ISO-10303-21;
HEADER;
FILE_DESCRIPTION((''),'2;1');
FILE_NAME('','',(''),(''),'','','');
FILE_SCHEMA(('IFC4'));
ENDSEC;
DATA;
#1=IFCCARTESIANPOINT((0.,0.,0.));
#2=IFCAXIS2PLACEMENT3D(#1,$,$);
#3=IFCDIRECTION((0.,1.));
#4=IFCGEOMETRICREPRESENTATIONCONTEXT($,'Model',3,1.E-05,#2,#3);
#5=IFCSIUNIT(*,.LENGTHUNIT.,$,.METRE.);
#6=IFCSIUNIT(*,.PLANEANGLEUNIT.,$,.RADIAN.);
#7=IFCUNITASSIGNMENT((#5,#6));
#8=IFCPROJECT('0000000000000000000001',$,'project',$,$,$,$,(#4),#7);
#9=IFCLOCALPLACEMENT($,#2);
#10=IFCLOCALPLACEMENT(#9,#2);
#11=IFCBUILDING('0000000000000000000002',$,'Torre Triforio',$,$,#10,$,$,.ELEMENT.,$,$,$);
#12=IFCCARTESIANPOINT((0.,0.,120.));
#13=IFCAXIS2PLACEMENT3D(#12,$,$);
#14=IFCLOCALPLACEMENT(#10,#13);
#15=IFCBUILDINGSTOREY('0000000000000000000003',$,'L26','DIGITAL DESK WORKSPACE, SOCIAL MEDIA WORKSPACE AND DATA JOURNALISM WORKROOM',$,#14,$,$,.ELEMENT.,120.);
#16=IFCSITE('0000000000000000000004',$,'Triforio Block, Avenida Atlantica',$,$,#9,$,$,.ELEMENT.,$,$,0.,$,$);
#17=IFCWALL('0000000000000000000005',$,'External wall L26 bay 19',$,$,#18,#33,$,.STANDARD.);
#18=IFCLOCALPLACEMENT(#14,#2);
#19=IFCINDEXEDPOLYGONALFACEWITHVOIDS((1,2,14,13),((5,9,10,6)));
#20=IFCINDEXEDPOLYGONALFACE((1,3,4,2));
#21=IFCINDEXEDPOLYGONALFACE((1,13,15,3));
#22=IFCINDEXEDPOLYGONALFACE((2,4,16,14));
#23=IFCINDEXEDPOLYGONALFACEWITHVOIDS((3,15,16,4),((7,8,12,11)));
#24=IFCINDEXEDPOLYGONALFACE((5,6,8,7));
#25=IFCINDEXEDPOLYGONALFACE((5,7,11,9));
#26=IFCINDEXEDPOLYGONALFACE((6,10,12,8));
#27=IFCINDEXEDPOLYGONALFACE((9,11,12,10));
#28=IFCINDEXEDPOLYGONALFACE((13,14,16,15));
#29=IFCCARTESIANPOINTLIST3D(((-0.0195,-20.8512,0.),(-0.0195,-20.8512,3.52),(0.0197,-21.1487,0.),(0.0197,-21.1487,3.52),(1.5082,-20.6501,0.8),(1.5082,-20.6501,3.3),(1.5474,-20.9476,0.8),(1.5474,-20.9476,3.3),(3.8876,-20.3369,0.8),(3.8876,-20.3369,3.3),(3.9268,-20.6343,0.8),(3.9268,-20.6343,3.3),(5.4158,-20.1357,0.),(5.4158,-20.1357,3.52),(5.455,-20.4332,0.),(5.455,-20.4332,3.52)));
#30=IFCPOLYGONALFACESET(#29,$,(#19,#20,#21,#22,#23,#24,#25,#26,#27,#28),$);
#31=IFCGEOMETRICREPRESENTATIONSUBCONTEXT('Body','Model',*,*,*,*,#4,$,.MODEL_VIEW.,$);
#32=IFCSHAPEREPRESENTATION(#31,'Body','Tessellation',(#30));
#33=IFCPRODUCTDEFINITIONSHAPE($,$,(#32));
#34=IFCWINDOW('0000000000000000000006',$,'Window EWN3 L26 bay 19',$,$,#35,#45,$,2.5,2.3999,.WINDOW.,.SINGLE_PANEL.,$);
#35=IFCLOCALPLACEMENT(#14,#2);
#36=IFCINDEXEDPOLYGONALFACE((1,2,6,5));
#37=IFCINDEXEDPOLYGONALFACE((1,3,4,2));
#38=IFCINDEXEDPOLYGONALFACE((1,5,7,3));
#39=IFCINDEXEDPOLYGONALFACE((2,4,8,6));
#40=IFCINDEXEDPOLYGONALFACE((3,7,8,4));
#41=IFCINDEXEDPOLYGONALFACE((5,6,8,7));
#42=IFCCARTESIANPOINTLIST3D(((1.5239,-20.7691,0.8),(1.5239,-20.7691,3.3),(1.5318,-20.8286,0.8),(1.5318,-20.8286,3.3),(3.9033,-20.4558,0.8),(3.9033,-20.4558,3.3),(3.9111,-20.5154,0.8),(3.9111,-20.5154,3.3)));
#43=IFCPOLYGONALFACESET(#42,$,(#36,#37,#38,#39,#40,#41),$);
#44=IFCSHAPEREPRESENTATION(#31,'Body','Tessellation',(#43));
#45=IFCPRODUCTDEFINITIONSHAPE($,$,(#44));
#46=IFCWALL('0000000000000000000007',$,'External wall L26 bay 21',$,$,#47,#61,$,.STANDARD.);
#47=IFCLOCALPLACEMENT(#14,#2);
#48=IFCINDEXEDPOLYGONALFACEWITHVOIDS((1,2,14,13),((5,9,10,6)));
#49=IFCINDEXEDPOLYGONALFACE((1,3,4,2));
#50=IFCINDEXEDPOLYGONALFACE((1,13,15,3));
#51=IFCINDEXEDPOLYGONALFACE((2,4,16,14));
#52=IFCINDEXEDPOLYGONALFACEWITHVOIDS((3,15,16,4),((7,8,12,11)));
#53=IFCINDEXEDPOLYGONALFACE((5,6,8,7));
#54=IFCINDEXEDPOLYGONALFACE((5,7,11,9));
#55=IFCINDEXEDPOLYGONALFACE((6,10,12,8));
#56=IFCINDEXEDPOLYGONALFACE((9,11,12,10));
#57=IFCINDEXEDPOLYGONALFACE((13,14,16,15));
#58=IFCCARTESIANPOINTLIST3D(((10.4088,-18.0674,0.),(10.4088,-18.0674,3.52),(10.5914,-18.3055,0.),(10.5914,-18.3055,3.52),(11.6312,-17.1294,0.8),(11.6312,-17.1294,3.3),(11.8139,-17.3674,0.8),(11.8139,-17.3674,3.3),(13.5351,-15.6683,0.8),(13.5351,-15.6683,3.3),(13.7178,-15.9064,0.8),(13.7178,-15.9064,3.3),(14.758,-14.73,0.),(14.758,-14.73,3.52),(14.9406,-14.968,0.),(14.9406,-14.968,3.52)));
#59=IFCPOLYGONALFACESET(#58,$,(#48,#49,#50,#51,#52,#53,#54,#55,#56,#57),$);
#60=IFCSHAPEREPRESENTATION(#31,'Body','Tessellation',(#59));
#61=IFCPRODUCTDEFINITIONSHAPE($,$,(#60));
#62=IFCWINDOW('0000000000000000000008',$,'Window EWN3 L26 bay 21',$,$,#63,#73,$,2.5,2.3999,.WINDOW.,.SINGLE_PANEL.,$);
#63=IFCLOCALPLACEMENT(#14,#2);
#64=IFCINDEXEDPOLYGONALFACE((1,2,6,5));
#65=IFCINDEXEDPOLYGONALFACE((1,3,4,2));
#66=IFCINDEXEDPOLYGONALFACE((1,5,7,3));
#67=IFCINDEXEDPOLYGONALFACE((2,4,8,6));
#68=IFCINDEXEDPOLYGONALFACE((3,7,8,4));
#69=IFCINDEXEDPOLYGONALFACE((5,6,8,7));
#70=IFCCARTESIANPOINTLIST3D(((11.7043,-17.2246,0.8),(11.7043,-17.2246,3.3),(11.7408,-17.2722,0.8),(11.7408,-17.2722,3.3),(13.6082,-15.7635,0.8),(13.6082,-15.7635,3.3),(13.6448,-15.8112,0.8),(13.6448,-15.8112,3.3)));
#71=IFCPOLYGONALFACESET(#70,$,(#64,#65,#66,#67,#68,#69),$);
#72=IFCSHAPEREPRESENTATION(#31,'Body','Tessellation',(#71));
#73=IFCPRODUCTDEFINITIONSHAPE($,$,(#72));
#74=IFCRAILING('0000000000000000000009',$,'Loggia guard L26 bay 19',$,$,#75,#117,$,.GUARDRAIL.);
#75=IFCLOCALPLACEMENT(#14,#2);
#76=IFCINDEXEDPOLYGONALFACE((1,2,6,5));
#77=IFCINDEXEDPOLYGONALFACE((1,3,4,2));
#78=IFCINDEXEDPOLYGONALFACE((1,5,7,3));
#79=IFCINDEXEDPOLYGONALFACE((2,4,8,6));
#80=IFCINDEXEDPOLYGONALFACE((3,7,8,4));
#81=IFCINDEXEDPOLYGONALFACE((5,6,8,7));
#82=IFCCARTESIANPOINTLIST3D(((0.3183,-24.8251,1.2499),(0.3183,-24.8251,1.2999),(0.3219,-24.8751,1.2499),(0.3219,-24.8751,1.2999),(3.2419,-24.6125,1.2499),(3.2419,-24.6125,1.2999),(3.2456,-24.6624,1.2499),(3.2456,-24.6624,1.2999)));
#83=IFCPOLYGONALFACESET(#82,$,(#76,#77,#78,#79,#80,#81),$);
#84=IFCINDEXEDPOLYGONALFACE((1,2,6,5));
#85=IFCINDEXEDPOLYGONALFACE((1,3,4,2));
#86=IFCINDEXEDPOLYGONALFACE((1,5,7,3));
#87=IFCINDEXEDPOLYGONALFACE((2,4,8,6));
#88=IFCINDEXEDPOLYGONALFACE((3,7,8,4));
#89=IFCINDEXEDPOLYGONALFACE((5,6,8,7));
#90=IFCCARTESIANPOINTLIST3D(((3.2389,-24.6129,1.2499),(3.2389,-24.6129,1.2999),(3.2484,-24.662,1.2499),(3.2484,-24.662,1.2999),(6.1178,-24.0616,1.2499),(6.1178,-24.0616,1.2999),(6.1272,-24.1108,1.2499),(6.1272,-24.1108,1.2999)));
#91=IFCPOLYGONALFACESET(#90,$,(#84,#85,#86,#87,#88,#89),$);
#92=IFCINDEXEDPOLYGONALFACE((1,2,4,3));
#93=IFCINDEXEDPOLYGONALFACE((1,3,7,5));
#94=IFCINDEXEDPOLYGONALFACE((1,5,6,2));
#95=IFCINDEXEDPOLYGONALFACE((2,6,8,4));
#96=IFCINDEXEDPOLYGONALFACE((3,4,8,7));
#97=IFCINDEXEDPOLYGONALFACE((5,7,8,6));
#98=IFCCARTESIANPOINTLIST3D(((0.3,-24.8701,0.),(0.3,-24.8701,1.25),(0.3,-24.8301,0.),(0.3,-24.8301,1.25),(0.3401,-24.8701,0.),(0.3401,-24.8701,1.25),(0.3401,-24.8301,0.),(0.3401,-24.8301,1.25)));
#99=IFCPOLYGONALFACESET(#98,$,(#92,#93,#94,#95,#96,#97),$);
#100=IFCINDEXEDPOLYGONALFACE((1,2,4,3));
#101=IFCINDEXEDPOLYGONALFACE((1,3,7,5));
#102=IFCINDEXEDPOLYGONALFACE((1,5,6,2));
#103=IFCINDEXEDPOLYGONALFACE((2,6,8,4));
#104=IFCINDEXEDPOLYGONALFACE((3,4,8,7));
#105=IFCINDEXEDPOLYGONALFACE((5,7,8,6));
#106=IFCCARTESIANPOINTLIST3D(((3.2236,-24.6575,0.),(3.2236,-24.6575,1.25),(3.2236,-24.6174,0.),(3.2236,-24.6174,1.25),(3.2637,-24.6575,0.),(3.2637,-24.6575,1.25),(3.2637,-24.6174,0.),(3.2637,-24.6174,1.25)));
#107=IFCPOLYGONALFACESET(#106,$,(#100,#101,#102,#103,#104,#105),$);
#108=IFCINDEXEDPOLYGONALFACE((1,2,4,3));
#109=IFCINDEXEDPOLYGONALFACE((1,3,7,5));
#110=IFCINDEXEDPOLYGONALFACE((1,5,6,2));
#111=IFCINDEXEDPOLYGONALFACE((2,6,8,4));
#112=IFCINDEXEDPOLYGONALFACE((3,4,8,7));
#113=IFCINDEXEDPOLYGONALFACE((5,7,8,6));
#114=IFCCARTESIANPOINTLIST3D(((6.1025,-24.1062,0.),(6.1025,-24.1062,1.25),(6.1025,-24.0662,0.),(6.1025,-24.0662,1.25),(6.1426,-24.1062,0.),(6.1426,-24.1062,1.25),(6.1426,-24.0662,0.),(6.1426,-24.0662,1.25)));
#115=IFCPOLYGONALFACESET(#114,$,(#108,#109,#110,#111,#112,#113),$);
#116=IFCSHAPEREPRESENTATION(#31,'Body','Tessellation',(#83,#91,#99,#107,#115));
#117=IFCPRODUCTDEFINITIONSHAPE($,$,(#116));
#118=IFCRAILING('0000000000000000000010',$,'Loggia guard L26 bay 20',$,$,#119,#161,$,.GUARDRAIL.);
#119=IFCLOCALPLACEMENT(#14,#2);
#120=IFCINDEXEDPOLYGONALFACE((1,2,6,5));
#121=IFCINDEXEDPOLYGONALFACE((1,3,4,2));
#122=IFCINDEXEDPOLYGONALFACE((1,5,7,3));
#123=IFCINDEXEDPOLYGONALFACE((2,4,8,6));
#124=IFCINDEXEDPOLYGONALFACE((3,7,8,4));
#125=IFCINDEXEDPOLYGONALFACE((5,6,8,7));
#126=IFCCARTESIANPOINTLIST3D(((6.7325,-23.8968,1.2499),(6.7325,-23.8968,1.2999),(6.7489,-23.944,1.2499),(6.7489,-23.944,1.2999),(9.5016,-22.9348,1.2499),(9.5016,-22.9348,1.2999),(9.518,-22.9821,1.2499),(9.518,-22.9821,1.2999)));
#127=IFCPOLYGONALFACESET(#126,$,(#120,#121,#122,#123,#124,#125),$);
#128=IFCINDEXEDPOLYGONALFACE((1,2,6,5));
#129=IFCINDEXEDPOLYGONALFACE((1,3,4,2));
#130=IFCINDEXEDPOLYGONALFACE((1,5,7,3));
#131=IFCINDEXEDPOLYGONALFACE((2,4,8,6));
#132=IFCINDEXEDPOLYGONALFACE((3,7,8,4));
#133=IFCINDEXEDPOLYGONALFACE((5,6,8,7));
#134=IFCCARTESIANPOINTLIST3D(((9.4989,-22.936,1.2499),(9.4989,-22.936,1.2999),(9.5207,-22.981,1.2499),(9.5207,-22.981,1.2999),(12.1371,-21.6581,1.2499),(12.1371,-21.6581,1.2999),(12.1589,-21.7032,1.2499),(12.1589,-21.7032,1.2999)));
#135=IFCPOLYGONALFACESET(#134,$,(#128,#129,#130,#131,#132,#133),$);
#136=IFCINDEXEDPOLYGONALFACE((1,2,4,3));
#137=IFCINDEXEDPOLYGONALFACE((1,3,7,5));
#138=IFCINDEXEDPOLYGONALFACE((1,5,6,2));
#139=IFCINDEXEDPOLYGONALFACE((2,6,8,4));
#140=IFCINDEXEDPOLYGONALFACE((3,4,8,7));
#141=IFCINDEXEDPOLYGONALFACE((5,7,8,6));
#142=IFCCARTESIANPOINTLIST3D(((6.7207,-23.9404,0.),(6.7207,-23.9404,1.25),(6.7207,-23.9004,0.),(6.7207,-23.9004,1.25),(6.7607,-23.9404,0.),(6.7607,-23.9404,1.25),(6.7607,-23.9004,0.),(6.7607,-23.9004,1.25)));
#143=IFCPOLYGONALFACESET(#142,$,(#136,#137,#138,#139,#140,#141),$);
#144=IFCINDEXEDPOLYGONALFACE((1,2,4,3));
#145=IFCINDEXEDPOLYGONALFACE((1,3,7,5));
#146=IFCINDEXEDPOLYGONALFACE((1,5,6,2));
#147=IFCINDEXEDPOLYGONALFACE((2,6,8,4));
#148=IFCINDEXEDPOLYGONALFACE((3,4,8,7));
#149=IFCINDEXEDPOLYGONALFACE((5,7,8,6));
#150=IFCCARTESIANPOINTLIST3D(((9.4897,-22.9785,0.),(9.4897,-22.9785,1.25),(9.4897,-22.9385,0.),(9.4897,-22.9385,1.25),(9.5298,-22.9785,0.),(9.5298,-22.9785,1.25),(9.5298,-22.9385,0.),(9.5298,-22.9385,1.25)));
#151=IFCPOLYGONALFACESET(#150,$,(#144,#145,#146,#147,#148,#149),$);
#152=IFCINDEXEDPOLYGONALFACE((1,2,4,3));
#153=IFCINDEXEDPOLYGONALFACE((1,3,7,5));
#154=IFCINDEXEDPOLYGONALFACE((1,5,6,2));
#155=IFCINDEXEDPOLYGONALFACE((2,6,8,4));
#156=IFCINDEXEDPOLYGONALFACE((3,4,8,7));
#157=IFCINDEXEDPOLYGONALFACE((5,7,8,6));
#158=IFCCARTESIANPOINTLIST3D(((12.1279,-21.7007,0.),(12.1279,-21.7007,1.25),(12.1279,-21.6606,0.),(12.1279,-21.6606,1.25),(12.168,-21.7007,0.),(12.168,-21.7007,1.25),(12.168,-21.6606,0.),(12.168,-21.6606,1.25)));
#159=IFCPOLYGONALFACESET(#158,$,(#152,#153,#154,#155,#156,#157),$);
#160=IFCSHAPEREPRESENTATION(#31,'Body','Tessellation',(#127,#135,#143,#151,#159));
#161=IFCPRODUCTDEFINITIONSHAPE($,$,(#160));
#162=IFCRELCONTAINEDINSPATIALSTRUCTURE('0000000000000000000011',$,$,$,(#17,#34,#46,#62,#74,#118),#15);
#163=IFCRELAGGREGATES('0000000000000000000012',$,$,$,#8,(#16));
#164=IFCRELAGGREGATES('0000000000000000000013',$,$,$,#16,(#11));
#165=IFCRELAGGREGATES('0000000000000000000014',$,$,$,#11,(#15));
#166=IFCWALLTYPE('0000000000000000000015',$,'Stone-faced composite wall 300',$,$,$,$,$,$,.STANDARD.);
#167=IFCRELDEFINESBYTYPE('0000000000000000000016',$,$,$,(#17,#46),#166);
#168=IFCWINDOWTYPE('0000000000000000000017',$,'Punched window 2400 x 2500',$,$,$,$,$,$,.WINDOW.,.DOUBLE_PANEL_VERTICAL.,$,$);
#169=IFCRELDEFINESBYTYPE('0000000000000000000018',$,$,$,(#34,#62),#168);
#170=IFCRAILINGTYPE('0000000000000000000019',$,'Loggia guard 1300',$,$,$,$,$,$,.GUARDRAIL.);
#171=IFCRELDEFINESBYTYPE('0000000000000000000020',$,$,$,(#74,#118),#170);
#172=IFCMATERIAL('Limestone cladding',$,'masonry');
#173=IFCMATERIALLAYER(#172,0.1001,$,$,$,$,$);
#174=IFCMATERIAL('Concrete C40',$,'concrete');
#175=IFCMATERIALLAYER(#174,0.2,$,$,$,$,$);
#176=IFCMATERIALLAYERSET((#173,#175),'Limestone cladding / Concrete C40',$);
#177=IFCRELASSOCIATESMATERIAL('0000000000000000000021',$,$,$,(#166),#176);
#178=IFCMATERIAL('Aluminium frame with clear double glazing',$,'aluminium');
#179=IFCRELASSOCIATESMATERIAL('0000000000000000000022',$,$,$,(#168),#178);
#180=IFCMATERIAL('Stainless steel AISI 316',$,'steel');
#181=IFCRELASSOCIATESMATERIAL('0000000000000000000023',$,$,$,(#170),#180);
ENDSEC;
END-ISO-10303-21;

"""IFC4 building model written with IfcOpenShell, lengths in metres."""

from ifc_helpers import new_model, si_unit, direction, frame, frame_2d, origin, origin_2d, place, context, subcontext, project, spatial, rectangle, extrude, material, layer, layer_set, type_object, element, fill, save


model = new_model("IFC4")

# Units and contexts
model_context = context("Model", 3, precision=1e-05, world=origin(), true_north=direction((0.0, 1.0)))
body_context = subcontext(model_context, "Body", "Model", "MODEL_VIEW")
ifc_project = project(units=[si_unit("LENGTHUNIT", "METRE"), si_unit("PLANEANGLEUNIT", "RADIAN")], contexts=[model_context])

# Site, building, storey
site_placement = place(None, origin())
site = spatial("IfcSite", under=ifc_project, at=site_placement, Name="Triforio Block, Avenida Atlantica", CompositionType="ELEMENT", RefElevation=0.0)
building_placement = place(site_placement, origin())
building = spatial("IfcBuilding", under=site, at=building_placement, Name="Torre Triforio", CompositionType="ELEMENT")
storey_placement = place(building_placement, frame((0.0, 0.0, 120.0)))
storey = spatial("IfcBuildingStorey", under=building, at=storey_placement, Name="L26", Description="DIGITAL DESK WORKSPACE, SOCIAL MEDIA WORKSPACE AND DATA JOURNALISM WORKROOM", CompositionType="ELEMENT", Elevation=120.0)

# Wall, opening, window
ifc_material_1 = material(Name="Limestone cladding", Category="masonry")
ifc_layer_1 = layer(ifc_material_1, 0.1001)
ifc_material_2 = material(Name="Concrete C40", Category="concrete")
ifc_layer_2 = layer(ifc_material_2, 0.2)
ifc_layer_set_1 = layer_set([ifc_layer_1, ifc_layer_2], Name="Limestone cladding / Concrete C40")
wall_type_1 = type_object("IfcWallType", Name="Stone-faced composite wall 300", PredefinedType="STANDARD", material=ifc_layer_set_1)
wall_1_placement = place(storey_placement, frame((0.0, -21.0, 0.0), z_axis=(0.0, 0.0, 1.0), x_axis=(0.991445, 0.130527, 0.0)))
wall_1 = element("IfcWall", 1, at=wall_1_placement, inside=storey, type_object=wall_type_1, Name="External wall L26 bay 19", PredefinedType="STANDARD", context=body_context, shape_type="SweptSolid", body=[
    extrude(rectangle(XDim=5.4822, YDim=0.3, at=frame_2d((2.7412, 0.0))), origin(), (0.0, 0.0, 1.0), 3.52),
])
opening_1_placement = place(wall_1_placement, frame((1.541, 0.0, 0.8)))
opening_1 = element("IfcOpeningElement", 2, at=opening_1_placement, cuts=wall_1, PredefinedType="OPENING", context=body_context, shape_type="SweptSolid", body=[
    extrude(rectangle(XDim=2.3999, YDim=2.5, at=frame_2d((1.2, 1.25))), frame((0.0, 0.1599, 0.0), z_axis=(0.0, -1.0, 0.0), x_axis=(1.0, 0.0, 0.0)), (0.0, 0.0, 1.0), 0.3201),
])
ifc_material_3 = material(Name="Aluminium frame with clear double glazing", Category="aluminium")
window_type_1 = type_object("IfcWindowType", Name="Punched window 2400 x 2500", PartitioningType="DOUBLE_PANEL_VERTICAL", PredefinedType="WINDOW", material=ifc_material_3)
window_1_placement = place(opening_1_placement, origin())
window_1 = element("IfcWindow", 3, at=window_1_placement, inside=storey, type_object=window_type_1, Name="Window EWN3 L26 bay 19", OverallHeight=2.5, OverallWidth=2.3999, PartitioningType="SINGLE_PANEL", PredefinedType="WINDOW", context=body_context, shape_type="SweptSolid", body=[
    extrude(rectangle(XDim=2.3999, YDim=2.5, at=frame_2d((1.2, 1.25))), frame((0.0, 0.03, 0.0), z_axis=(0.0, -1.0, 0.0), x_axis=(1.0, 0.0, 0.0)), (0.0, 0.0, 1.0), 0.0601),
])
fill(opening_1, window_1)

# Wall, opening, window
wall_2_placement = place(storey_placement, frame((10.5, -18.1865, 0.0), z_axis=(0.0, 0.0, 1.0), x_axis=(0.793335, 0.608785, 0.0)))
wall_2 = element("IfcWall", 4, at=wall_2_placement, inside=storey, type_object=wall_type_1, Name="External wall L26 bay 21", PredefinedType="STANDARD", context=body_context, shape_type="SweptSolid", body=[
    extrude(rectangle(XDim=5.4822, YDim=0.3, at=frame_2d((2.7412, 0.0))), origin(), (0.0, 0.0, 1.0), 3.52),
])
opening_2_placement = place(wall_2_placement, frame((1.541, 0.0, 0.8)))
opening_2 = element("IfcOpeningElement", 5, at=opening_2_placement, cuts=wall_2, PredefinedType="OPENING", context=body_context, shape_type="SweptSolid", body=[
    extrude(rectangle(XDim=2.3999, YDim=2.5, at=frame_2d((1.2, 1.25))), frame((0.0, 0.1599, 0.0), z_axis=(0.0, -1.0, 0.0), x_axis=(1.0, 0.0, 0.0)), (0.0, 0.0, 1.0), 0.3201),
])
window_2_placement = place(opening_2_placement, origin())
window_2 = element("IfcWindow", 6, at=window_2_placement, inside=storey, type_object=window_type_1, Name="Window EWN3 L26 bay 21", OverallHeight=2.5, OverallWidth=2.3999, PartitioningType="SINGLE_PANEL", PredefinedType="WINDOW", context=body_context, shape_type="SweptSolid", body=[
    extrude(rectangle(XDim=2.3999, YDim=2.5, at=frame_2d((1.2, 1.25))), frame((0.0, 0.03, 0.0), z_axis=(0.0, -1.0, 0.0), x_axis=(1.0, 0.0, 0.0)), (0.0, 0.0, 1.0), 0.0601),
])
fill(opening_2, window_2)

# Railings
ifc_material_4 = material(Name="Stainless steel AISI 316", Category="steel")
railing_type = type_object("IfcRailingType", Name="Loggia guard 1300", PredefinedType="GUARDRAIL", material=ifc_material_4)
railing_1_placement = place(storey_placement, frame((0.3201, -24.8501, 0.0)))
element("IfcRailing", 7, at=railing_1_placement, inside=storey, type_object=railing_type, Name="Loggia guard L26 bay 19", PredefinedType="GUARDRAIL", context=body_context, shape_type="SweptSolid", body=[
    extrude(rectangle(XDim=0.05, YDim=0.05, at=origin_2d()), frame((0.0, 0.0, 1.2749), z_axis=(0.997365, 0.072543, 0.0), x_axis=(-0.072543, 0.997365, 0.0)), (0.0, 0.0, 1.0), 2.9314),
    extrude(rectangle(XDim=0.05, YDim=0.05, at=origin_2d()), frame((2.9236, 0.2126, 1.2749), z_axis=(0.982156, 0.188069, 0.0), x_axis=(-0.188069, 0.982156, 0.0)), (0.0, 0.0, 1.0), 2.9312),
    extrude(rectangle(XDim=0.04, YDim=0.04, at=origin_2d()), origin(), (0.0, 0.0, 1.0), 1.25),
    extrude(rectangle(XDim=0.04, YDim=0.04, at=origin_2d()), frame((2.9236, 0.2126, 0.0)), (0.0, 0.0, 1.0), 1.25),
    extrude(rectangle(XDim=0.04, YDim=0.04, at=origin_2d()), frame((5.8025, 0.7639, 0.0)), (0.0, 0.0, 1.0), 1.25),
])
railing_2_placement = place(storey_placement, frame((6.7407, -23.9204, 0.0)))
element("IfcRailing", 8, at=railing_2_placement, inside=storey, type_object=railing_type, Name="Loggia guard L26 bay 20", PredefinedType="GUARDRAIL", context=body_context, shape_type="SweptSolid", body=[
    extrude(rectangle(XDim=0.05, YDim=0.05, at=origin_2d()), frame((0.0, 0.0, 1.2749), z_axis=(0.944627, 0.328146, 0.0), x_axis=(-0.328146, 0.944627, 0.0)), (0.0, 0.0, 1.0), 2.9314),
    extrude(rectangle(XDim=0.05, YDim=0.05, at=origin_2d()), frame((2.769, 0.9619, 1.2749), z_axis=(0.899986, 0.435918, 0.0), x_axis=(-0.435918, 0.899986, 0.0)), (0.0, 0.0, 1.0), 2.9314),
    extrude(rectangle(XDim=0.04, YDim=0.04, at=origin_2d()), origin(), (0.0, 0.0, 1.0), 1.25),
    extrude(rectangle(XDim=0.04, YDim=0.04, at=origin_2d()), frame((2.769, 0.9619, 0.0)), (0.0, 0.0, 1.0), 1.25),
    extrude(rectangle(XDim=0.04, YDim=0.04, at=origin_2d()), frame((5.4072, 2.2397, 0.0)), (0.0, 0.0, 1.0), 1.25),
])

save(model, "model.ifc")
